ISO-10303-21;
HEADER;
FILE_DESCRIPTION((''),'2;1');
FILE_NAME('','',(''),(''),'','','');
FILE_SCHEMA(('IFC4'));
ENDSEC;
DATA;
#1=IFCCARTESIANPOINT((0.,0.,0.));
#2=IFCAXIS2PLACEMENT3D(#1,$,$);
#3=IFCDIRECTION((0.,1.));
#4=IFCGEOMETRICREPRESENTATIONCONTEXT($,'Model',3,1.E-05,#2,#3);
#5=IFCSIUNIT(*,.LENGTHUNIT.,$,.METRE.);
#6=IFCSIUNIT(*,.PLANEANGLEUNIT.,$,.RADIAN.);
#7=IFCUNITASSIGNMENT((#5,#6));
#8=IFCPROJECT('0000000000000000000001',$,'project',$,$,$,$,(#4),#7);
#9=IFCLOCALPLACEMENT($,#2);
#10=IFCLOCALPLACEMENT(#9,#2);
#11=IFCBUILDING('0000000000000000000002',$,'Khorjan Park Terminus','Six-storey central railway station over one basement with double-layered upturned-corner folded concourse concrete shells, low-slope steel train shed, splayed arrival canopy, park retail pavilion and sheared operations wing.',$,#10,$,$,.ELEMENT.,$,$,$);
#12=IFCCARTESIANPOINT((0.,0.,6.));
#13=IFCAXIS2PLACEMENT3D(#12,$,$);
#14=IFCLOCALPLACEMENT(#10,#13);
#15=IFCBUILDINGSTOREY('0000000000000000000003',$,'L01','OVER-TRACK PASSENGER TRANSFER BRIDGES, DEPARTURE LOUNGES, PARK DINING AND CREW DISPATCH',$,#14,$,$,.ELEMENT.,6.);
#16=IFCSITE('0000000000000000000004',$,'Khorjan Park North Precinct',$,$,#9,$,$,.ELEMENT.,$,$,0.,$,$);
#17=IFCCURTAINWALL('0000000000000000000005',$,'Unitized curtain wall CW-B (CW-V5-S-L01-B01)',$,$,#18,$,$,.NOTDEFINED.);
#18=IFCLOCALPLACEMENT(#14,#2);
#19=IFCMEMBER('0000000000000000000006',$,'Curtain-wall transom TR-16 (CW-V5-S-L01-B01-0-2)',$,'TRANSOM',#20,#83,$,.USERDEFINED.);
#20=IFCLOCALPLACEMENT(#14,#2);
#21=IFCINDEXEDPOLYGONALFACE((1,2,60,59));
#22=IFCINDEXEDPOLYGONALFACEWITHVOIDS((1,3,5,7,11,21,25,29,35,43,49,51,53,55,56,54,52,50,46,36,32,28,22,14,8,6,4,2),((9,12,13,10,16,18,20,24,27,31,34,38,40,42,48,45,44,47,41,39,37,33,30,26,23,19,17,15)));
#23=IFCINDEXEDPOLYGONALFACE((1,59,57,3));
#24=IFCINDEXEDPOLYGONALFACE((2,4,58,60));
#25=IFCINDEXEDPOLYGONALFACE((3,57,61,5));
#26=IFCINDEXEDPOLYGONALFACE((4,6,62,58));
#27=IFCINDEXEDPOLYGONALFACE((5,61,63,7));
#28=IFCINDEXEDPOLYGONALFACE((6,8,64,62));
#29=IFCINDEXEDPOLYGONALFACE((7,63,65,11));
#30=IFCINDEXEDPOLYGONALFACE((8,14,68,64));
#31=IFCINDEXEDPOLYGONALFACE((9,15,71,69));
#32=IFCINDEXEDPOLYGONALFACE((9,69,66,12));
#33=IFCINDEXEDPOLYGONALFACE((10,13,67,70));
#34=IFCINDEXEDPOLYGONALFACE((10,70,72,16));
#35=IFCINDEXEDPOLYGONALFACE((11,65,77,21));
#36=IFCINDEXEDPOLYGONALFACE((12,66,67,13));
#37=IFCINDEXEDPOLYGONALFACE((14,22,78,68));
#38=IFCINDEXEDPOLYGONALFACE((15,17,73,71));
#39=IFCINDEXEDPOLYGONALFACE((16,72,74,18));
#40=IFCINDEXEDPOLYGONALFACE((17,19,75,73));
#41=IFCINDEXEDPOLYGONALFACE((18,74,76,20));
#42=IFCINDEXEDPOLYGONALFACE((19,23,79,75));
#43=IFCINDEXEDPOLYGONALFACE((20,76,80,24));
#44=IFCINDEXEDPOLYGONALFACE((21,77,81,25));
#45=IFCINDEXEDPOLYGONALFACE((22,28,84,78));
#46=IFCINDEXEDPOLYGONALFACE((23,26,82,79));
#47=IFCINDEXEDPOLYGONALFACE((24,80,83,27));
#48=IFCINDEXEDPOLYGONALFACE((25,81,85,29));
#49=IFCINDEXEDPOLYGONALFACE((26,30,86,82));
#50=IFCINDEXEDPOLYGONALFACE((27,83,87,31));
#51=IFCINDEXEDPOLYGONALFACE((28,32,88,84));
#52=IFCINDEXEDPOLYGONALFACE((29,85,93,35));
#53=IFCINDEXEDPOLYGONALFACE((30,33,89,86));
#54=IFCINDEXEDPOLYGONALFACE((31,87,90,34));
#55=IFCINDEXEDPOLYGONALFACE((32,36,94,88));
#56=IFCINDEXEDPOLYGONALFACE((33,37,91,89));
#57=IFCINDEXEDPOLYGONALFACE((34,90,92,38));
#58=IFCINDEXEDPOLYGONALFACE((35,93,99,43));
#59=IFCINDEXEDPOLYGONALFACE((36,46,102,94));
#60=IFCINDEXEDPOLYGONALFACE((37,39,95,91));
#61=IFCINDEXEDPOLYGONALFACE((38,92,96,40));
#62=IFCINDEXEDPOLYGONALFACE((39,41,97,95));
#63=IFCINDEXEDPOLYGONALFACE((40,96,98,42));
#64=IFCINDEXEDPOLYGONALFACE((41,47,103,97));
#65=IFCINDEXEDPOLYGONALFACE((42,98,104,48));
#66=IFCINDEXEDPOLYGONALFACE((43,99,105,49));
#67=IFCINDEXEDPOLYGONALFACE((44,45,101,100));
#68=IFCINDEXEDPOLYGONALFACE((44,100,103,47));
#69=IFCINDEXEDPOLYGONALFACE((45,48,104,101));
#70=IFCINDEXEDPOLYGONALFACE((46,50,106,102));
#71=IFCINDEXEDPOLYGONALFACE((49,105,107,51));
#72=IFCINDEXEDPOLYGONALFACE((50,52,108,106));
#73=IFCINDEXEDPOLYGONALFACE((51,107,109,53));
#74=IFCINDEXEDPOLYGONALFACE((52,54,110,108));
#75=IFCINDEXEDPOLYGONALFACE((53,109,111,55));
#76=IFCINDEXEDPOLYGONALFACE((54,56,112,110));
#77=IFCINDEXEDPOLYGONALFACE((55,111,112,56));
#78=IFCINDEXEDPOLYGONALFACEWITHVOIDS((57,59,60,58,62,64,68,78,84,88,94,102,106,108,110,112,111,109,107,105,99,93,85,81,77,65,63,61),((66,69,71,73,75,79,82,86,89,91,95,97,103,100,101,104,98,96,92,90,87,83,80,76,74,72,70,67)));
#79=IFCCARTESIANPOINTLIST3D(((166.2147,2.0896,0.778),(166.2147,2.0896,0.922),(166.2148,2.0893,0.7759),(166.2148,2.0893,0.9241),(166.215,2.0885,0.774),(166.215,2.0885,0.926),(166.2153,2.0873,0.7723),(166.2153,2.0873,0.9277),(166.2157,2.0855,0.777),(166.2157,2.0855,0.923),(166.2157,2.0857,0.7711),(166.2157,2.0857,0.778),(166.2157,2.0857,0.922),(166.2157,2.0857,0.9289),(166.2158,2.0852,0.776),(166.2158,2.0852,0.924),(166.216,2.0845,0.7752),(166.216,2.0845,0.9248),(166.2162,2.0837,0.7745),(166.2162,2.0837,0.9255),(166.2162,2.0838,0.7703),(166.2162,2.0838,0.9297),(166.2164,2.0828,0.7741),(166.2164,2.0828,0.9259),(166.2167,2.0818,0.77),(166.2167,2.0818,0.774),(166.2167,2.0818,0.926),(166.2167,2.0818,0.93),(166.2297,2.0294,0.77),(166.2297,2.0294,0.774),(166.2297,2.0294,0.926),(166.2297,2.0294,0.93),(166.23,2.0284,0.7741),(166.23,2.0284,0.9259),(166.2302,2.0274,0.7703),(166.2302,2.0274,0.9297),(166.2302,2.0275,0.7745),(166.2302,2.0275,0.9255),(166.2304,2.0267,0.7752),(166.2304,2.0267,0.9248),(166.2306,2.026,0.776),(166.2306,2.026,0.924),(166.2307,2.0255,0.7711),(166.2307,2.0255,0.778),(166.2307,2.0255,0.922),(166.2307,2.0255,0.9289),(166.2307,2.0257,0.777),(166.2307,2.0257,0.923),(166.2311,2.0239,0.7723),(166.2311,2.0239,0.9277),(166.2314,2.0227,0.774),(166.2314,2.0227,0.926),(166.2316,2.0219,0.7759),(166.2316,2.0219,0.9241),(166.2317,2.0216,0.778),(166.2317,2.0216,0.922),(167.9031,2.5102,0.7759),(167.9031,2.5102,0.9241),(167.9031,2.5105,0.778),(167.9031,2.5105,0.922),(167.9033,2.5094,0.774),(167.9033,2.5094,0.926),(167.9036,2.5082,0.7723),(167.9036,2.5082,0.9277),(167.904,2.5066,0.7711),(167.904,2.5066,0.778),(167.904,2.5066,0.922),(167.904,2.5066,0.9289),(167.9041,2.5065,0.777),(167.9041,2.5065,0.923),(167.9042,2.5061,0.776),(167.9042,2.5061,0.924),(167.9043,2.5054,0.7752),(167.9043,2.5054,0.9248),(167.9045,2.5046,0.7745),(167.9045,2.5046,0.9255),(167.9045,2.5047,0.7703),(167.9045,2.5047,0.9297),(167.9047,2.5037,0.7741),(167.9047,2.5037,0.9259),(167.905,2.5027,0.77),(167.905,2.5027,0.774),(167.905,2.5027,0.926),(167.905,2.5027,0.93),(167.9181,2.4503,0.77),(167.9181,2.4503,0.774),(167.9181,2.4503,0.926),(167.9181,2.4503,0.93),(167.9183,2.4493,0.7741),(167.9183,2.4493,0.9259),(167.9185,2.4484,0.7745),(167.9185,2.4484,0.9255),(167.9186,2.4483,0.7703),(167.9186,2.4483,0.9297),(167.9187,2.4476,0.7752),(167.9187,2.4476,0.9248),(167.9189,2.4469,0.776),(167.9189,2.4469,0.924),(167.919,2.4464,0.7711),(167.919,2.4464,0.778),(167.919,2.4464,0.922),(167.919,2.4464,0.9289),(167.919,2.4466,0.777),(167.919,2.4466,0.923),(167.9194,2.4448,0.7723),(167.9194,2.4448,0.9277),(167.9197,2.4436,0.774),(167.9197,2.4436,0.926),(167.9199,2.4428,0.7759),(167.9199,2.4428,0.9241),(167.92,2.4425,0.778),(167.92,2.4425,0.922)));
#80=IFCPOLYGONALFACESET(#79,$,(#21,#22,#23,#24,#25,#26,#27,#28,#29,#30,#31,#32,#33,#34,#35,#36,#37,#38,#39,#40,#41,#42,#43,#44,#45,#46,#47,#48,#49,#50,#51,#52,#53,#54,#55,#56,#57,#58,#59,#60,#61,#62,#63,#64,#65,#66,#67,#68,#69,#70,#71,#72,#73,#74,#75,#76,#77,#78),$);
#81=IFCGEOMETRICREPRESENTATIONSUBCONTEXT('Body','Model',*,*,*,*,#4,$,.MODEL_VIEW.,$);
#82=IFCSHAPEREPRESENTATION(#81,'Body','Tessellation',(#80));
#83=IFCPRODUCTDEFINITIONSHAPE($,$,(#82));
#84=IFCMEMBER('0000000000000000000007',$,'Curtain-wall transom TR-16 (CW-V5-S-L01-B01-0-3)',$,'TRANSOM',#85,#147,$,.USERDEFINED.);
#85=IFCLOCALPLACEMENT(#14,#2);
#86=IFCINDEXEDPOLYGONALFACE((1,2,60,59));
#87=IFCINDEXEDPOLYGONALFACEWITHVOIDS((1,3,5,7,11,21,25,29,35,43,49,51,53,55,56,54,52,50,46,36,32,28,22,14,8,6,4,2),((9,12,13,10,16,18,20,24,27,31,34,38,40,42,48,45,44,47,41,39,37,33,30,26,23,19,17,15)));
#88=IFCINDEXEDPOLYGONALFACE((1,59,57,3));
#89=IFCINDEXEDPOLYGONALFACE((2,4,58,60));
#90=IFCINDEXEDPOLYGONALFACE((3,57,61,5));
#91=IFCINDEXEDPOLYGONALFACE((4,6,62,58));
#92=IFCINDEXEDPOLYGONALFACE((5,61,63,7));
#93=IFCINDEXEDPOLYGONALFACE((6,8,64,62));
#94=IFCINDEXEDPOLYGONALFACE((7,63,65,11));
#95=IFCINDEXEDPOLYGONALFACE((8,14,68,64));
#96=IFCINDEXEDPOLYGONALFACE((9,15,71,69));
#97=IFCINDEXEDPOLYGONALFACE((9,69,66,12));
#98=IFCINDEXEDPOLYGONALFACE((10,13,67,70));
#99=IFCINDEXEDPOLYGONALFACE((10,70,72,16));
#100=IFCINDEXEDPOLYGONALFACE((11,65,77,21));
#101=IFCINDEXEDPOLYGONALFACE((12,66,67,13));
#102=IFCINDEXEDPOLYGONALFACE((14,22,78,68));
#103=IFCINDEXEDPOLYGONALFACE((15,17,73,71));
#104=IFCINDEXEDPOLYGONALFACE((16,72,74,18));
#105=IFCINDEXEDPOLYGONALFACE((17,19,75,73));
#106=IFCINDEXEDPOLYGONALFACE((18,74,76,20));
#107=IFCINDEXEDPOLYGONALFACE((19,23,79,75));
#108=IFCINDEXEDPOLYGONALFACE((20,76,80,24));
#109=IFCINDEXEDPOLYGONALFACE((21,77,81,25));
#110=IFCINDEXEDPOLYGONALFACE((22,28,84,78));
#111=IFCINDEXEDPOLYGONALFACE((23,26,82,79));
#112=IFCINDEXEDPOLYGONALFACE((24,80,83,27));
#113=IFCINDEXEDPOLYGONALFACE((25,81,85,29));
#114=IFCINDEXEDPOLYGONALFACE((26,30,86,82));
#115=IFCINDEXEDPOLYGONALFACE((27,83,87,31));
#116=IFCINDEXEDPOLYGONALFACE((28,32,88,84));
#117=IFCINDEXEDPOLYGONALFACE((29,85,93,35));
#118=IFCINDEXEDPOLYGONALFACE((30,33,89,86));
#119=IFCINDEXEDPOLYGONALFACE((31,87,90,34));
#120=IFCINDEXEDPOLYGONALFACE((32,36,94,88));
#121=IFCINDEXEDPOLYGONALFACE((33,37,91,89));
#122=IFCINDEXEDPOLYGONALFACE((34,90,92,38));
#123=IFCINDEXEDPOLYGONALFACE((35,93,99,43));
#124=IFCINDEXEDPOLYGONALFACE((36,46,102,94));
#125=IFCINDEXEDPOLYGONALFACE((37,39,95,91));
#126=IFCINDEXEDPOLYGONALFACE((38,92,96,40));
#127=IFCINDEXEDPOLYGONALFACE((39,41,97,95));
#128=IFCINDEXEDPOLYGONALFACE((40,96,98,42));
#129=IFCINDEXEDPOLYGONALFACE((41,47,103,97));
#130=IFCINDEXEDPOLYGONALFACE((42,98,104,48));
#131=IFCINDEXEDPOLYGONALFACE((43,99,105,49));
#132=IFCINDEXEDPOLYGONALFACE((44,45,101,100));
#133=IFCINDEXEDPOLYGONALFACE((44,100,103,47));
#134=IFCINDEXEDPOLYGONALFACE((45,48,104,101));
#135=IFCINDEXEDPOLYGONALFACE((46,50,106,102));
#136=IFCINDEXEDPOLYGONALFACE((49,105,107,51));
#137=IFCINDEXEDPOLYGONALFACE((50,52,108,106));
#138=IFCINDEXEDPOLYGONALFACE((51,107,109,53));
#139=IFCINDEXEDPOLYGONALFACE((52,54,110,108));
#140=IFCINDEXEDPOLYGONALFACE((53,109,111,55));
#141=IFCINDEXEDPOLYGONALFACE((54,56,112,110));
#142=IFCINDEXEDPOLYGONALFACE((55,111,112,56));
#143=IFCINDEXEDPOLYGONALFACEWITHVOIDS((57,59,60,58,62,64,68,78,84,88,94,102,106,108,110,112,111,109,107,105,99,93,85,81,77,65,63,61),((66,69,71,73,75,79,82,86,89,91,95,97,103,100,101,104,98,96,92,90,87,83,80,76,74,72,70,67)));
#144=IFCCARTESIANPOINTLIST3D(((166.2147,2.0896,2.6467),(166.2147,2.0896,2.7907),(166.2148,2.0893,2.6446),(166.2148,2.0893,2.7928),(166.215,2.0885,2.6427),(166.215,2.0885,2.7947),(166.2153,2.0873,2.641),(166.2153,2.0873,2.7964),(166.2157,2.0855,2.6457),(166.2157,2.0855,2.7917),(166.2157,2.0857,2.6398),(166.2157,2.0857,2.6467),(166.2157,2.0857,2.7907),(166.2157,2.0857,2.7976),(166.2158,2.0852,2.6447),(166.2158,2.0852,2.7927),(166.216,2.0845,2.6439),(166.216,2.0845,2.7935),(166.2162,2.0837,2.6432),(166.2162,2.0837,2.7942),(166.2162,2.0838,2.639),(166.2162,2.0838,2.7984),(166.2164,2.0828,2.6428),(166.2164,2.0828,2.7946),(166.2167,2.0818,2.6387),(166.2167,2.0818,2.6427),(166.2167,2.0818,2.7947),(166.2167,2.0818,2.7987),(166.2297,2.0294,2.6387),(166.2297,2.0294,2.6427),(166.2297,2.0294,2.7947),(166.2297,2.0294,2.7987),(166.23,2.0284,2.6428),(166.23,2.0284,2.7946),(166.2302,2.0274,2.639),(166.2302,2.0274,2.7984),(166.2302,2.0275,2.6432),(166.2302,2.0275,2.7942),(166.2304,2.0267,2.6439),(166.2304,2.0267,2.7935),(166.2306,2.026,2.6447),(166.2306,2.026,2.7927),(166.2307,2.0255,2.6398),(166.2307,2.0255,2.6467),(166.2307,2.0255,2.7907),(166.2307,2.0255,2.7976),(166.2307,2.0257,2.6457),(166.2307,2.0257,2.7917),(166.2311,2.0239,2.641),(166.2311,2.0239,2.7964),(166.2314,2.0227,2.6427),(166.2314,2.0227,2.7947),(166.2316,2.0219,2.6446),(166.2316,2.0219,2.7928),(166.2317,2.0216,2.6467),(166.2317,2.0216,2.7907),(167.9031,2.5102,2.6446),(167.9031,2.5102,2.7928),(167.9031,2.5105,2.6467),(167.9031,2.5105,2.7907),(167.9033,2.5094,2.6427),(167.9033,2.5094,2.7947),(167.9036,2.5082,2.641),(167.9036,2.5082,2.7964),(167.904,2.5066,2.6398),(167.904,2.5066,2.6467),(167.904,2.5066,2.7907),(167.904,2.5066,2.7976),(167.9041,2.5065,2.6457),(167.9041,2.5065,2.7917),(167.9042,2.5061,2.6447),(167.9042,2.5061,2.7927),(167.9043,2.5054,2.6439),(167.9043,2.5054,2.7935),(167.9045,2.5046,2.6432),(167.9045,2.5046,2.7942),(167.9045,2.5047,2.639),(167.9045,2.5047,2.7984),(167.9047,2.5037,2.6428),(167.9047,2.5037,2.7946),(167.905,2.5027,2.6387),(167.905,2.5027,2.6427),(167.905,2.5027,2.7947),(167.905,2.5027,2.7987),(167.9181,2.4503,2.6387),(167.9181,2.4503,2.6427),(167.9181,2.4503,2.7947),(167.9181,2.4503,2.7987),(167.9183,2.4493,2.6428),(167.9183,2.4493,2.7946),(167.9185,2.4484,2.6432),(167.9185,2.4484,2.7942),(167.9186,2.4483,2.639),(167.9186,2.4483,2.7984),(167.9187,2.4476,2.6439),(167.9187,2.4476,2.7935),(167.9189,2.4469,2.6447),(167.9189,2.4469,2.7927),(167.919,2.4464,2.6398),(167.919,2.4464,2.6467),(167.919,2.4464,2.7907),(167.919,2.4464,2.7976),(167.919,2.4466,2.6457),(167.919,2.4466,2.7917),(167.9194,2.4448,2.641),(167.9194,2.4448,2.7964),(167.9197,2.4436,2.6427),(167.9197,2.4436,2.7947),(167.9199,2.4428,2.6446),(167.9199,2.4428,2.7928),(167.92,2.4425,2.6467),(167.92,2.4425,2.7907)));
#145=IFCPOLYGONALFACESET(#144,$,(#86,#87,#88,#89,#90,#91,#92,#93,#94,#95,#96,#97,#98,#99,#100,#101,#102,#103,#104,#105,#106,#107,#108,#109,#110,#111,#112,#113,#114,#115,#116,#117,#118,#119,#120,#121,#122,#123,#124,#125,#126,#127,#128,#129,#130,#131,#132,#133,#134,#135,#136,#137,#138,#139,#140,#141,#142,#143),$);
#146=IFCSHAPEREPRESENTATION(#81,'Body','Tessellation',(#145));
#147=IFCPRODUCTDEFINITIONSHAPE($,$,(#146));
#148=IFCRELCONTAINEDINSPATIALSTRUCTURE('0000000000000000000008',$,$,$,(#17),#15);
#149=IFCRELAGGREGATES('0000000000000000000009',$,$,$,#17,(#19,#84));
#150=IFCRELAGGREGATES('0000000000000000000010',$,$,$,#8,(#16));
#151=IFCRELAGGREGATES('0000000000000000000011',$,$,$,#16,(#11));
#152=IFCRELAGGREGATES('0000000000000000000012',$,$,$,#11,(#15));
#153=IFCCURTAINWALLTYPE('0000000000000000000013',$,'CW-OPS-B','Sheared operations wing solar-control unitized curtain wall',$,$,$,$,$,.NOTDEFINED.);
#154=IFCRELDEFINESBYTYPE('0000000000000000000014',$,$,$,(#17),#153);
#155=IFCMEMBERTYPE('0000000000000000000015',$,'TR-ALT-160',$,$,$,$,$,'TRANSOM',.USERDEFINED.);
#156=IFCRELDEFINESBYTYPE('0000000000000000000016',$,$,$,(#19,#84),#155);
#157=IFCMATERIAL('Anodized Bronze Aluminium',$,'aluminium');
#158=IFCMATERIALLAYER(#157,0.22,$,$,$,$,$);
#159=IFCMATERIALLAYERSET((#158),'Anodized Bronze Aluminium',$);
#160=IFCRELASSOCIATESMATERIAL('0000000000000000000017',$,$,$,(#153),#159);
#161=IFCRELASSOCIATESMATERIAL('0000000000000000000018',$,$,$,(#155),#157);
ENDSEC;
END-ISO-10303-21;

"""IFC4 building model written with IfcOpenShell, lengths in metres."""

from ifc_helpers import new_model, si_unit, direction, frame, origin, origin_2d, place, context, subcontext, project, spatial, hollow_rectangle, extrude, material, layer, layer_set, material_profile, profile_set, type_object, element, aggregate, save


model = new_model("IFC4")

# Units and contexts
model_context = context("Model", 3, precision=1e-05, world=origin(), true_north=direction((0.0, 1.0)))
body_context = subcontext(model_context, "Body", "Model", "MODEL_VIEW")
ifc_project = project(units=[si_unit("LENGTHUNIT", "METRE"), si_unit("PLANEANGLEUNIT", "RADIAN")], contexts=[model_context])

# Site, building, storey
site_placement = place(None, origin())
site = spatial("IfcSite", under=ifc_project, at=site_placement, Name="Khorjan Park North Precinct", CompositionType="ELEMENT", RefElevation=0.0)
building_placement = place(site_placement, origin())
building = spatial("IfcBuilding", under=site, at=building_placement, Name="Khorjan Park Terminus", Description="Six-storey central railway station over one basement with double-layered upturned-corner folded concourse concrete shells, low-slope steel train shed, splayed arrival canopy, park retail pavilion and sheared operations wing.", CompositionType="ELEMENT")
storey_placement = place(building_placement, frame((0.0, 0.0, 6.0)))
storey = spatial("IfcBuildingStorey", under=building, at=storey_placement, Name="L01", Description="OVER-TRACK PASSENGER TRANSFER BRIDGES, DEPARTURE LOUNGES, PARK DINING AND CREW DISPATCH", CompositionType="ELEMENT", Elevation=6.0)

# Curtain wall, members
ifc_material_1 = material(Name="Anodized Bronze Aluminium", Category="aluminium")
ifc_layer_1 = layer(ifc_material_1, 0.22)
ifc_layer_set_1 = layer_set([ifc_layer_1], Name="Anodized Bronze Aluminium")
curtain_wall_type = type_object("IfcCurtainWallType", Name="CW-OPS-B", Description="Sheared operations wing solar-control unitized curtain wall", PredefinedType="NOTDEFINED", material=ifc_layer_set_1)
curtain_wall_placement = place(storey_placement, origin())
curtain_wall = element("IfcCurtainWall", 1, at=curtain_wall_placement, inside=storey, type_object=curtain_wall_type, Name="Unitized curtain wall CW-B (CW-V5-S-L01-B01)", PredefinedType="NOTDEFINED")
ifc_material_profile_1 = material_profile(ifc_material_1, hollow_rectangle(XDim=0.07, YDim=0.16, WallThickness=0.004, InnerFilletRadius=0.004, OuterFilletRadius=0.008, at=origin_2d()), Name="ALT 70x160x4")
ifc_profile_set_1 = profile_set([ifc_material_profile_1], Name="Anodized Bronze Aluminium")
member_type_1 = type_object("IfcMemberType", Name="TR-ALT-160", ElementType="TRANSOM", PredefinedType="USERDEFINED", material=ifc_profile_set_1)
member_1_placement = place(storey_placement, frame((166.2232, 2.0556, 0.85), z_axis=(0.970301, 0.2419, 0.0), x_axis=(-0.2419, 0.970301, 0.0)))
member_1 = element("IfcMember", 2, at=member_1_placement, type_object=member_type_1, Name="Curtain-wall transom TR-16 (CW-V5-S-L01-B01-0-2)", ObjectType="TRANSOM", PredefinedType="USERDEFINED", context=body_context, shape_type="SweptSolid", body=[
    extrude(hollow_rectangle(XDim=0.07, YDim=0.16, WallThickness=0.004, InnerFilletRadius=0.004, OuterFilletRadius=0.008, at=origin_2d()), origin(), (0.0, 0.0, 1.0), 1.74),
])
member_2_placement = place(storey_placement, frame((166.2232, 2.0556, 2.7187), z_axis=(0.970301, 0.2419, 0.0), x_axis=(-0.2419, 0.970301, 0.0)))
member_2 = element("IfcMember", 3, at=member_2_placement, type_object=member_type_1, Name="Curtain-wall transom TR-16 (CW-V5-S-L01-B01-0-3)", ObjectType="TRANSOM", PredefinedType="USERDEFINED", context=body_context, shape_type="SweptSolid", body=[
    extrude(hollow_rectangle(XDim=0.07, YDim=0.16, WallThickness=0.004, InnerFilletRadius=0.004, OuterFilletRadius=0.008, at=origin_2d()), origin(), (0.0, 0.0, 1.0), 1.74),
])
aggregate(curtain_wall, [member_1, member_2])

save(model, "model.ifc")
